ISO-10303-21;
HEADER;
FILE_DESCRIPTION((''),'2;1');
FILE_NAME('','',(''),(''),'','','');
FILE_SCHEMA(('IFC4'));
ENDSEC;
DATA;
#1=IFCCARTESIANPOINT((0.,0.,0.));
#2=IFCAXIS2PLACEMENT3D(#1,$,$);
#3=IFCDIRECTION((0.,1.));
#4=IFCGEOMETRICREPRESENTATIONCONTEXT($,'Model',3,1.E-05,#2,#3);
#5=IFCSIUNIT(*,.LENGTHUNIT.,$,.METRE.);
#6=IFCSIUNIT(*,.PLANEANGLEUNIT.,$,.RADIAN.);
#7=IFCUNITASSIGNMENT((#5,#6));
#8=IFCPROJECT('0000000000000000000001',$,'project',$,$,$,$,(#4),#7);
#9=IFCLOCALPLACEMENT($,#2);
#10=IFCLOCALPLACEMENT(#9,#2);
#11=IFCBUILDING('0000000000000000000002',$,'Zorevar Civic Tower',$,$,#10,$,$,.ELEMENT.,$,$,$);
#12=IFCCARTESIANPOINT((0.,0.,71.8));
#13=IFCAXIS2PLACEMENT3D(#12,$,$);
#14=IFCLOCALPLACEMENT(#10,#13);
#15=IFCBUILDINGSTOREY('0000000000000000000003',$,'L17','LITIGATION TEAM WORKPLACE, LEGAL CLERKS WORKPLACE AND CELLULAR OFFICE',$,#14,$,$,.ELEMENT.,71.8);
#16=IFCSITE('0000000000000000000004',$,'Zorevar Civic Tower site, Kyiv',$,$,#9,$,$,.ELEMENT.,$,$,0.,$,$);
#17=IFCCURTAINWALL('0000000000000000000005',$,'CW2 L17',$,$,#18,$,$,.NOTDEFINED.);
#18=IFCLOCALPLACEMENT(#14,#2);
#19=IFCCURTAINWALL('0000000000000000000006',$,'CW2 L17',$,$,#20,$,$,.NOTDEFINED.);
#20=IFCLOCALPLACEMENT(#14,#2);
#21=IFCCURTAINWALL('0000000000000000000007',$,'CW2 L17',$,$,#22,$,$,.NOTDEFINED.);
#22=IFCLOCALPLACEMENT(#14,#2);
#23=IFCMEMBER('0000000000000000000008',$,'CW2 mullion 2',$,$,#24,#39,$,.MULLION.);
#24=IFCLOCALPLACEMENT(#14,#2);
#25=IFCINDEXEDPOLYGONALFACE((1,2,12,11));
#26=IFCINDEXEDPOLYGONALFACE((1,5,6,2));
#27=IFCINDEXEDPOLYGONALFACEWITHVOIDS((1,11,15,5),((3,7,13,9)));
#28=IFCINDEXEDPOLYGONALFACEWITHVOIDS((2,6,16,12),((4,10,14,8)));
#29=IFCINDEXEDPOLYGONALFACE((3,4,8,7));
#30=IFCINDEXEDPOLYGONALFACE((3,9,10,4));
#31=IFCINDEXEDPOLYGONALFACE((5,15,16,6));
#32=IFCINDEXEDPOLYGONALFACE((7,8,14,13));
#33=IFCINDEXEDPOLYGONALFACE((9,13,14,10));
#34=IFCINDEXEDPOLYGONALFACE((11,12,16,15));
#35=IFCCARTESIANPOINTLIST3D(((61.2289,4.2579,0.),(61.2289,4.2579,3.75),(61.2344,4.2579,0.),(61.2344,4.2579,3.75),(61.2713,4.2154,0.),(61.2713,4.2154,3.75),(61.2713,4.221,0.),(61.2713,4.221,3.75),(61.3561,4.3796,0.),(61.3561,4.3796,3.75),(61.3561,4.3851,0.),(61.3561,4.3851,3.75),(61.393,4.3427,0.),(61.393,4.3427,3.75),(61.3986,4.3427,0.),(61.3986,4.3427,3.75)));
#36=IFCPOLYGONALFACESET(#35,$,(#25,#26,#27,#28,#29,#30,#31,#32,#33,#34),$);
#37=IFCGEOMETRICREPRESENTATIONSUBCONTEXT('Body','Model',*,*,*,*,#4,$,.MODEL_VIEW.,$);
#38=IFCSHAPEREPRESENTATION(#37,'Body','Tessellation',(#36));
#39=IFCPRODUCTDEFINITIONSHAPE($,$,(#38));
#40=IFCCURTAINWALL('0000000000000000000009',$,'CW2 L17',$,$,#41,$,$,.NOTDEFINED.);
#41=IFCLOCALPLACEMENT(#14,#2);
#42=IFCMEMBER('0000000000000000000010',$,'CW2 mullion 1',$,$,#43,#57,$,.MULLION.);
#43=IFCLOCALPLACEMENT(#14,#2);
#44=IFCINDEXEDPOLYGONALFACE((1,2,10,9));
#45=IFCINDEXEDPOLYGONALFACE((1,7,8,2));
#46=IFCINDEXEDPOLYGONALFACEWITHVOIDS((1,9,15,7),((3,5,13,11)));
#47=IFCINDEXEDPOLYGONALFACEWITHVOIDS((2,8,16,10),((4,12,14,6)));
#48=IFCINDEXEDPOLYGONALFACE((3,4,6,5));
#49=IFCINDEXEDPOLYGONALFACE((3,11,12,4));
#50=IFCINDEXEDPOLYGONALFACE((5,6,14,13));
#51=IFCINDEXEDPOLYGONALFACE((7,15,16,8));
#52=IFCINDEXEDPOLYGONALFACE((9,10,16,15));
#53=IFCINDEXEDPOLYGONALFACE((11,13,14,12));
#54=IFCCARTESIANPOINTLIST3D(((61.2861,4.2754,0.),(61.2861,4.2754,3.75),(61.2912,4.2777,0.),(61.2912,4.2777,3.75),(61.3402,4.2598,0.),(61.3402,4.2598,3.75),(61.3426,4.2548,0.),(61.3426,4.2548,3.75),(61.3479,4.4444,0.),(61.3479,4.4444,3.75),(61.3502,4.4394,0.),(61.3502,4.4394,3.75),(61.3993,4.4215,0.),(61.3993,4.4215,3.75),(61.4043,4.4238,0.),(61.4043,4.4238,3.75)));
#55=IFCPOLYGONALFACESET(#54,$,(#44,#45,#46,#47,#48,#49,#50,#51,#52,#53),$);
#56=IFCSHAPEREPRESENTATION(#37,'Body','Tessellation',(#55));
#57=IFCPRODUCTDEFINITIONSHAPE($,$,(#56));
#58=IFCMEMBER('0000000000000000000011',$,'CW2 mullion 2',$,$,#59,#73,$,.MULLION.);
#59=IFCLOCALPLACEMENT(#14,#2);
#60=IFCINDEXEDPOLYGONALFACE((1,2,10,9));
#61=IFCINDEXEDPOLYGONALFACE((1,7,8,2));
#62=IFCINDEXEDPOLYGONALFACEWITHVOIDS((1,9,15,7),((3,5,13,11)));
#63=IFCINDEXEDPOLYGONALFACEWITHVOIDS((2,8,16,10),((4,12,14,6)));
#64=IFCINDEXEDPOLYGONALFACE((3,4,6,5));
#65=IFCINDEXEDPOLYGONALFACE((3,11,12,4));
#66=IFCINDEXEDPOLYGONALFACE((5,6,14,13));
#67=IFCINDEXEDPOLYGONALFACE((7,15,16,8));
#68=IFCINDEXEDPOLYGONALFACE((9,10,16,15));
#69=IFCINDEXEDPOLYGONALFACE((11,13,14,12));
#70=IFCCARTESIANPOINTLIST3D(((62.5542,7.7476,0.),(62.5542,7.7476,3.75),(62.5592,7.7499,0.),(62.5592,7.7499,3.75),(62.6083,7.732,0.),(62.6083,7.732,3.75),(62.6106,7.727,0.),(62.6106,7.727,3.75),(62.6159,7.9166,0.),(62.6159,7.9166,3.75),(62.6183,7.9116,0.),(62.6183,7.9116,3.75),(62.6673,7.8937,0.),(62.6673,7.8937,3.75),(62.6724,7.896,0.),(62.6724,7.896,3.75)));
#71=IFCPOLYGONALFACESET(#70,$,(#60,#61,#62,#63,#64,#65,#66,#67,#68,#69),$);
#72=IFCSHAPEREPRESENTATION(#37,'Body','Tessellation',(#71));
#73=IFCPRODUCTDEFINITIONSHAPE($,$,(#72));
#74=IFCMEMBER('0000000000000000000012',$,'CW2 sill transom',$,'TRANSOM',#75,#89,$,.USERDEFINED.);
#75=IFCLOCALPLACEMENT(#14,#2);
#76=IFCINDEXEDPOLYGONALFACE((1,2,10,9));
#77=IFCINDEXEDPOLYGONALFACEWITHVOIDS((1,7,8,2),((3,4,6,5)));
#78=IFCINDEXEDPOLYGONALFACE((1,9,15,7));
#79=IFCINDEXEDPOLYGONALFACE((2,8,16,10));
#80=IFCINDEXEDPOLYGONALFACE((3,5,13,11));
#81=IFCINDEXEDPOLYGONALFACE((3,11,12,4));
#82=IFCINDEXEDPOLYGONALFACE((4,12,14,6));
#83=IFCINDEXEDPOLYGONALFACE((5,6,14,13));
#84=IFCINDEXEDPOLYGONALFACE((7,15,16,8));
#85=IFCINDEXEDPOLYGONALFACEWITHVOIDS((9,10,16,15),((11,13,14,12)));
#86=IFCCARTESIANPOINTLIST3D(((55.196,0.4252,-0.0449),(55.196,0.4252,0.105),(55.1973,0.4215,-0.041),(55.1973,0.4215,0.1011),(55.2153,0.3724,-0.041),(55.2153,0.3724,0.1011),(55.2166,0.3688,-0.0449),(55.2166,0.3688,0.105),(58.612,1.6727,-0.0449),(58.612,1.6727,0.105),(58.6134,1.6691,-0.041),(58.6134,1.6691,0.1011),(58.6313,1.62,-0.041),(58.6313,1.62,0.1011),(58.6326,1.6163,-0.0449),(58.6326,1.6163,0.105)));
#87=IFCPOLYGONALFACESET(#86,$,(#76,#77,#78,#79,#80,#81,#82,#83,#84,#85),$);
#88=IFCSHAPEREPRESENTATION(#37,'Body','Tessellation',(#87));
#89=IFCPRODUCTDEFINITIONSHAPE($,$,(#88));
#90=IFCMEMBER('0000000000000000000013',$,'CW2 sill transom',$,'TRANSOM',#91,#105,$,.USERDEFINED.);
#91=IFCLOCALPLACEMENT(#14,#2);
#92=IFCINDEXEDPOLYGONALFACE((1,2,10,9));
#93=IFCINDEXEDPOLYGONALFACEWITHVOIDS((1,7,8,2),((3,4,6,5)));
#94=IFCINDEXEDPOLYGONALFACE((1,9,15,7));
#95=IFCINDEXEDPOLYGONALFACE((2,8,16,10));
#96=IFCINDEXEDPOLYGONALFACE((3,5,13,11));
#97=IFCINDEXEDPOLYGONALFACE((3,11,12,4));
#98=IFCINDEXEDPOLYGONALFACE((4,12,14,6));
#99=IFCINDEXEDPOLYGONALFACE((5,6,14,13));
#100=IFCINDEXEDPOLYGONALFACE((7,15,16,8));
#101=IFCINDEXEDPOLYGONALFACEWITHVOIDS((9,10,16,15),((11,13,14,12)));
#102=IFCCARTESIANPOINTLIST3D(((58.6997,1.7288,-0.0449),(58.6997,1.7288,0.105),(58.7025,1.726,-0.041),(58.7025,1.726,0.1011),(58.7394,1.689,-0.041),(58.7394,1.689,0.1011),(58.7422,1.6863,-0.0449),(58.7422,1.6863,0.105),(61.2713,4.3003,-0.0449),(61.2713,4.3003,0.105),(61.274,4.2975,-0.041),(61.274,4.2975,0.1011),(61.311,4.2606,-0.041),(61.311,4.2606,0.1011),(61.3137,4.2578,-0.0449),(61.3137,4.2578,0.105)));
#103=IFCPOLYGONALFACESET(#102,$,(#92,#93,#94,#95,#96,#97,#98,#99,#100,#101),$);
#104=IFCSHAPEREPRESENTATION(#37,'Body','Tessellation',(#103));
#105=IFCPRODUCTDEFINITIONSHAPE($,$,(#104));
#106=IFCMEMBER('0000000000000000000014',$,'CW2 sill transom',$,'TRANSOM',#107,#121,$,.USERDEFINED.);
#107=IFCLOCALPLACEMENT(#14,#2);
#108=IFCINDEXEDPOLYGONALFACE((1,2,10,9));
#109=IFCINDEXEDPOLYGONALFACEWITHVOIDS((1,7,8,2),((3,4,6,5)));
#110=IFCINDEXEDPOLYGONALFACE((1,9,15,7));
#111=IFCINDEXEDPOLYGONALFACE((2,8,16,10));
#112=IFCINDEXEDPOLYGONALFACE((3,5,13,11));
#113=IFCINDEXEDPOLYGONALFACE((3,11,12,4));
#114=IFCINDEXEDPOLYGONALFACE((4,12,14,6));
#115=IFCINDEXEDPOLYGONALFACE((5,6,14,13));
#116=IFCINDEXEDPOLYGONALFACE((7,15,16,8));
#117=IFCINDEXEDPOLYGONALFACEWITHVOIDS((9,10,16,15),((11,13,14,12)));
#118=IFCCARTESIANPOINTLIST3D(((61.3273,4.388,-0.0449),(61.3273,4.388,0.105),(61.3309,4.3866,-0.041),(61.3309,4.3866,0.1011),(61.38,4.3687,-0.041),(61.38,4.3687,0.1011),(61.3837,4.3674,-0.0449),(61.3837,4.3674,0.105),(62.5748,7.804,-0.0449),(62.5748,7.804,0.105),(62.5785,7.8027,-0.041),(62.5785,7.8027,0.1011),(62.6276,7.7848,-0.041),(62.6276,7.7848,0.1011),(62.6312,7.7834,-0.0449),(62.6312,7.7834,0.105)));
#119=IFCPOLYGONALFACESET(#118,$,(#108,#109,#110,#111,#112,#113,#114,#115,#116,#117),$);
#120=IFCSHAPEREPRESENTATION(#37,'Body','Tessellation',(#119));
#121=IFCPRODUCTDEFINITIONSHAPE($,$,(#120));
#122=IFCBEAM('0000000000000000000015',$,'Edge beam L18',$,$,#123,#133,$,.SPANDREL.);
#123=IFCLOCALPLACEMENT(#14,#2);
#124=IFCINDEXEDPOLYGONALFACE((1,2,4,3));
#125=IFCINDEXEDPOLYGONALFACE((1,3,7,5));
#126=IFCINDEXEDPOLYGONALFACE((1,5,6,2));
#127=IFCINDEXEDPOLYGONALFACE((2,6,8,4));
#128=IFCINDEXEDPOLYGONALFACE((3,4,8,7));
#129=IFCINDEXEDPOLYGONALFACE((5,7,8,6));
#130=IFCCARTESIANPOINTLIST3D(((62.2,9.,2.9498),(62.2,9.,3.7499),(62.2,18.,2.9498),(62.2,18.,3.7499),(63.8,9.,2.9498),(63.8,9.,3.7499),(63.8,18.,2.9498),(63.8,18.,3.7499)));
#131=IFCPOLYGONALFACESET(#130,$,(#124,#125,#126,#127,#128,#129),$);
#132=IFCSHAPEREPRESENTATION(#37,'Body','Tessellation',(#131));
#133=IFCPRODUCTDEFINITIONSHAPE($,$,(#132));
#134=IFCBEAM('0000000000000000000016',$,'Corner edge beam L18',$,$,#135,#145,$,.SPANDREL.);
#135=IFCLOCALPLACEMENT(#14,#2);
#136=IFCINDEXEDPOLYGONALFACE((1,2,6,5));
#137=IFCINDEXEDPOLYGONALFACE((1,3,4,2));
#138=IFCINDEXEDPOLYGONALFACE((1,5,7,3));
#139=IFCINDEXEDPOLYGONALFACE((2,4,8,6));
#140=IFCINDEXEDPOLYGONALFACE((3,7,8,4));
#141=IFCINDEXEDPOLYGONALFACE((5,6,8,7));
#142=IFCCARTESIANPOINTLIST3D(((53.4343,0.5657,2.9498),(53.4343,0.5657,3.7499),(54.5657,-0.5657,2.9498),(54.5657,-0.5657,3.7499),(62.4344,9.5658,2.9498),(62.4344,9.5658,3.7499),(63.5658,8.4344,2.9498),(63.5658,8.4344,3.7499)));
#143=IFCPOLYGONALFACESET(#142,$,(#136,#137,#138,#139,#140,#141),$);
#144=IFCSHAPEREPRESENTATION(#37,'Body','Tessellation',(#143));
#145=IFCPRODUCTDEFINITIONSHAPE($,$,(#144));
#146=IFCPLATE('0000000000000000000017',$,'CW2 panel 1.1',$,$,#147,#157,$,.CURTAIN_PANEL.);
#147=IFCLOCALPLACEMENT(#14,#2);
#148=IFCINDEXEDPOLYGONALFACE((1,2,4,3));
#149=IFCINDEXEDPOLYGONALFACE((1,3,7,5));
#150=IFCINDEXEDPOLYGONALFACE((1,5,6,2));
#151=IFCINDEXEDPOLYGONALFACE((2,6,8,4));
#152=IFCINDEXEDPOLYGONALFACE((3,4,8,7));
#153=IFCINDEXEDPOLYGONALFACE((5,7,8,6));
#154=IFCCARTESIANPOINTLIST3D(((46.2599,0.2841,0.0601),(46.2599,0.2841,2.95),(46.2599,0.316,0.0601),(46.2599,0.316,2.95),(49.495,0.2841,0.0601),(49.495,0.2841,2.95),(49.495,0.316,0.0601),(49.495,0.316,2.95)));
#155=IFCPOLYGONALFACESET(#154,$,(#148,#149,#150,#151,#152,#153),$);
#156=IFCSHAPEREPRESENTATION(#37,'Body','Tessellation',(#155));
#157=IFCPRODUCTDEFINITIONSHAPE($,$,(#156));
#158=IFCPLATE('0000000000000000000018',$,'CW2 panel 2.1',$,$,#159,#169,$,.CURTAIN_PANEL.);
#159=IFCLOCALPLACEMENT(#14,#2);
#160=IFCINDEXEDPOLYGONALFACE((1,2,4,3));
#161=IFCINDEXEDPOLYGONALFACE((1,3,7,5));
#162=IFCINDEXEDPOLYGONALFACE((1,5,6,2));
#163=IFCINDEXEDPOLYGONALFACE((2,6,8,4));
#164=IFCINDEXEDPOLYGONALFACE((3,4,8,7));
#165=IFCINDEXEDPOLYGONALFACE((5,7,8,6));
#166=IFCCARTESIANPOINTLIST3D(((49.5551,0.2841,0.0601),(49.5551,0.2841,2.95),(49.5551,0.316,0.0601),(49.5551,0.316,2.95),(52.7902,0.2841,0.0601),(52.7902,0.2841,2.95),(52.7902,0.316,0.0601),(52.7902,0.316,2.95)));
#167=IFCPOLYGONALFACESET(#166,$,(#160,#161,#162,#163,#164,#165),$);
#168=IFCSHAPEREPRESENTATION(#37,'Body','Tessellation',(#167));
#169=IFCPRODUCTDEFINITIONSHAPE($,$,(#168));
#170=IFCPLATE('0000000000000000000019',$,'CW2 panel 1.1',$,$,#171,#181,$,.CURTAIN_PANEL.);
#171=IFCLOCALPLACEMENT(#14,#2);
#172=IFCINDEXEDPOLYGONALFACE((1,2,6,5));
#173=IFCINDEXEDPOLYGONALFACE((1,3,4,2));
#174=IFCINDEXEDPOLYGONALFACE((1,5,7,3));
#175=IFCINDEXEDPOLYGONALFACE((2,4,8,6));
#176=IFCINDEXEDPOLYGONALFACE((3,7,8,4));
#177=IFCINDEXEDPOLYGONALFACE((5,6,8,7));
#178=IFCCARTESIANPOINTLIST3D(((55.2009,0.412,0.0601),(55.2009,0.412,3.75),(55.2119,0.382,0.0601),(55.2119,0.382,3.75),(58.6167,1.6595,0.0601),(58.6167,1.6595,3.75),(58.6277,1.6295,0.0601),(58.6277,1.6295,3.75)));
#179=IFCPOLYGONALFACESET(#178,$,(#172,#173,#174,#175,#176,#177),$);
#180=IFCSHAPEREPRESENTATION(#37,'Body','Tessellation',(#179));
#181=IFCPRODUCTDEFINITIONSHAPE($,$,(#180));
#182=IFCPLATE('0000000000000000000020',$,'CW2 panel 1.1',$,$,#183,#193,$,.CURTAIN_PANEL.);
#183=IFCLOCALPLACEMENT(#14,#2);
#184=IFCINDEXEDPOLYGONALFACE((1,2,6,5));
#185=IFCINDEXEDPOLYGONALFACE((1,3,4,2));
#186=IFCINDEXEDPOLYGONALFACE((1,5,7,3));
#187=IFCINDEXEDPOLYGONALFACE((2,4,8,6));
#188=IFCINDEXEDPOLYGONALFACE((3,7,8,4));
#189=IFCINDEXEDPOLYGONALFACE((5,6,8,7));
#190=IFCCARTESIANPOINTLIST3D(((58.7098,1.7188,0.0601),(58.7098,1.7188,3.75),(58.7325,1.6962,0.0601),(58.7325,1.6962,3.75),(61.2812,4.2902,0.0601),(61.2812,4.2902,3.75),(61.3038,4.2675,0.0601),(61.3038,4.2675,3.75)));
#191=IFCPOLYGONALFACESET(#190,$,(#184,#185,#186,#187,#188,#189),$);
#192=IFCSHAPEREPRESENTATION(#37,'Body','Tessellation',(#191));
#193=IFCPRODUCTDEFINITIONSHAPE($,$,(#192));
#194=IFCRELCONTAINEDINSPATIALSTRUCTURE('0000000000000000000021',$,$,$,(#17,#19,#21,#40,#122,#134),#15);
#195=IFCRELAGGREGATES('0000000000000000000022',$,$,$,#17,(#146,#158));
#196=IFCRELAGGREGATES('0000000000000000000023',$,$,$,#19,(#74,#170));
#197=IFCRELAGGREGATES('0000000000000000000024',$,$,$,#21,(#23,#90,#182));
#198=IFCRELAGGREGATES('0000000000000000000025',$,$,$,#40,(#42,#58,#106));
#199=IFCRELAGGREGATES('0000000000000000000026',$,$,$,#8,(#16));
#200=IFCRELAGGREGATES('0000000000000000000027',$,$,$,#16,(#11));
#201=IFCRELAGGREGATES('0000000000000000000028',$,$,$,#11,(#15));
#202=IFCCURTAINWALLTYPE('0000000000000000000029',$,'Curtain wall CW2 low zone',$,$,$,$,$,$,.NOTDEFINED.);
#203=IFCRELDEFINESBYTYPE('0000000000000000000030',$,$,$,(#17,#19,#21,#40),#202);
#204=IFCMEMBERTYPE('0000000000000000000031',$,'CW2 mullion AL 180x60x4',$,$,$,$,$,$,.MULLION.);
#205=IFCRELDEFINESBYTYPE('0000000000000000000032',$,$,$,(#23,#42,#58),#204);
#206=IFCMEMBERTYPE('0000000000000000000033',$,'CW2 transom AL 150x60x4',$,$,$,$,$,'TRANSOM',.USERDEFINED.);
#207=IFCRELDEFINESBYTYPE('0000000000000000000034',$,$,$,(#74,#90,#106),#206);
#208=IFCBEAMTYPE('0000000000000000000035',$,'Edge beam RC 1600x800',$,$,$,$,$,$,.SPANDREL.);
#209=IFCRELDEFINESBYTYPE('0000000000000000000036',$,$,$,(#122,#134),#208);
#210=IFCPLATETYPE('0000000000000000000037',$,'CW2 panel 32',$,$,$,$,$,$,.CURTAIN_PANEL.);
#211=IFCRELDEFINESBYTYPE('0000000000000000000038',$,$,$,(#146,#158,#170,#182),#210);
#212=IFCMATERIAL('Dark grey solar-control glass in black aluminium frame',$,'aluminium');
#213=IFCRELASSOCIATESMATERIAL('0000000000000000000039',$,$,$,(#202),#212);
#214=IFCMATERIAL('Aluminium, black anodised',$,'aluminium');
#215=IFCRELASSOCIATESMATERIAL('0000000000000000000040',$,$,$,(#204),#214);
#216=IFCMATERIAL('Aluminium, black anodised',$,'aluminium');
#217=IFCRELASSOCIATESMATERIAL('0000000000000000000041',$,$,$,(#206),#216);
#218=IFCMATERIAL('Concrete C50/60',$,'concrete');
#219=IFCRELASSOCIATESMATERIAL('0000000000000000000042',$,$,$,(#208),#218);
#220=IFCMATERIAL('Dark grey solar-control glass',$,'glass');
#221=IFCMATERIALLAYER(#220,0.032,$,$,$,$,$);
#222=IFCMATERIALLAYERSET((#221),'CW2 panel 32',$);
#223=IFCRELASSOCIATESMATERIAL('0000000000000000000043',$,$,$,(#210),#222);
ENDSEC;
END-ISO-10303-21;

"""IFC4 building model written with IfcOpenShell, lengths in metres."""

from ifc_helpers import new_model, si_unit, direction, frame, origin, origin_2d, place, context, subcontext, project, spatial, rectangle, hollow_rectangle, extrude, material, layer, layer_set, material_profile, profile_set, type_object, element, aggregate, save


model = new_model("IFC4")

# Units and contexts
model_context = context("Model", 3, precision=1e-05, world=origin(), true_north=direction((0.0, 1.0)))
body_context = subcontext(model_context, "Body", "Model", "MODEL_VIEW")
ifc_project = project(units=[si_unit("LENGTHUNIT", "METRE"), si_unit("PLANEANGLEUNIT", "RADIAN")], contexts=[model_context])

# Site, building, storey
site_placement = place(None, origin())
site = spatial("IfcSite", under=ifc_project, at=site_placement, Name="Zorevar Civic Tower site, Kyiv", CompositionType="ELEMENT", RefElevation=0.0)
building_placement = place(site_placement, origin())
building = spatial("IfcBuilding", under=site, at=building_placement, Name="Zorevar Civic Tower", CompositionType="ELEMENT")
storey_placement = place(building_placement, frame((0.0, 0.0, 71.8)))
storey = spatial("IfcBuildingStorey", under=building, at=storey_placement, Name="L17", Description="LITIGATION TEAM WORKPLACE, LEGAL CLERKS WORKPLACE AND CELLULAR OFFICE", CompositionType="ELEMENT", Elevation=71.8)

# Curtain wall
ifc_material_1 = material(Name="Dark grey solar-control glass in black aluminium frame", Category="aluminium")
curtain_wall_type = type_object("IfcCurtainWallType", Name="Curtain wall CW2 low zone", PredefinedType="NOTDEFINED", material=ifc_material_1)
curtain_wall_1_placement = place(storey_placement, origin())
curtain_wall_1 = element("IfcCurtainWall", 1, at=curtain_wall_1_placement, inside=storey, type_object=curtain_wall_type, Name="CW2 L17", PredefinedType="NOTDEFINED")
ifc_material_2 = material(Name="Aluminium, black anodised", Category="aluminium")
ifc_material_profile_1 = material_profile(ifc_material_2, hollow_rectangle(XDim=0.0601, YDim=0.1799, WallThickness=0.0039, at=origin_2d()), Name="AL 180x60x4")
ifc_profile_set_1 = profile_set([ifc_material_profile_1], Name="Aluminium, black anodised")
member_type_1 = type_object("IfcMemberType", Name="CW2 mullion AL 180x60x4", PredefinedType="MULLION", material=ifc_profile_set_1)

# Curtain walls, members
curtain_wall_2_placement = place(storey_placement, origin())
curtain_wall_2 = element("IfcCurtainWall", 2, at=curtain_wall_2_placement, inside=storey, type_object=curtain_wall_type, Name="CW2 L17", PredefinedType="NOTDEFINED")
curtain_wall_3_placement = place(storey_placement, origin())
curtain_wall_3 = element("IfcCurtainWall", 3, at=curtain_wall_3_placement, inside=storey, type_object=curtain_wall_type, Name="CW2 L17", PredefinedType="NOTDEFINED")
member_1_placement = place(storey_placement, frame((61.3137, 4.3003, 0.0), z_axis=(0.0, 0.0, 1.0), x_axis=(-0.707107, 0.707107, 0.0)))
member_1 = element("IfcMember", 4, at=member_1_placement, type_object=member_type_1, Name="CW2 mullion 2", PredefinedType="MULLION", context=body_context, shape_type="SweptSolid", body=[
    extrude(hollow_rectangle(XDim=0.0601, YDim=0.1799, WallThickness=0.0039, at=origin_2d()), origin(), (0.0, 0.0, 1.0), 3.75),
])
curtain_wall_4_placement = place(storey_placement, origin())
curtain_wall_4 = element("IfcCurtainWall", 5, at=curtain_wall_4_placement, inside=storey, type_object=curtain_wall_type, Name="CW2 L17", PredefinedType="NOTDEFINED")
member_2_placement = place(storey_placement, frame((61.3452, 4.3496, 0.0), z_axis=(0.0, 0.0, 1.0), x_axis=(-0.939313, 0.34306, 0.0)))
member_2 = element("IfcMember", 6, at=member_2_placement, type_object=member_type_1, Name="CW2 mullion 1", PredefinedType="MULLION", context=body_context, shape_type="SweptSolid", body=[
    extrude(hollow_rectangle(XDim=0.0601, YDim=0.1799, WallThickness=0.0039, at=origin_2d()), origin(), (0.0, 0.0, 1.0), 3.75),
])
member_3_placement = place(storey_placement, frame((62.6133, 7.8218, 0.0), z_axis=(0.0, 0.0, 1.0), x_axis=(-0.939313, 0.34306, 0.0)))
member_3 = element("IfcMember", 7, at=member_3_placement, type_object=member_type_1, Name="CW2 mullion 2", PredefinedType="MULLION", context=body_context, shape_type="SweptSolid", body=[
    extrude(hollow_rectangle(XDim=0.0601, YDim=0.1799, WallThickness=0.0039, at=origin_2d()), origin(), (0.0, 0.0, 1.0), 3.75),
])

# Members
ifc_material_3 = material(Name="Aluminium, black anodised", Category="aluminium")
ifc_material_profile_2 = material_profile(ifc_material_3, hollow_rectangle(XDim=0.0601, YDim=0.1499, WallThickness=0.0039, at=origin_2d()), Name="AL 150x60x4")
ifc_profile_set_2 = profile_set([ifc_material_profile_2], Name="Aluminium, black anodised")
member_type_2 = type_object("IfcMemberType", Name="CW2 transom AL 150x60x4", ElementType="TRANSOM", PredefinedType="USERDEFINED", material=ifc_profile_set_2)
member_4_placement = place(storey_placement, frame((55.2063, 0.397, 0.03), z_axis=(0.939318, 0.343047, 0.0), x_axis=(-0.343047, 0.939318, 0.0)))
member_4 = element("IfcMember", 8, at=member_4_placement, type_object=member_type_2, Name="CW2 sill transom", ObjectType="TRANSOM", PredefinedType="USERDEFINED", context=body_context, shape_type="SweptSolid", body=[
    extrude(hollow_rectangle(XDim=0.0601, YDim=0.1499, WallThickness=0.0039, at=origin_2d()), origin(), (0.0, 0.0, 1.0), 3.6367),
])
member_5_placement = place(storey_placement, frame((58.7209, 1.7075, 0.03), z_axis=(0.707107, 0.707107, 0.0), x_axis=(-0.707107, 0.707107, 0.0)))
member_5 = element("IfcMember", 9, at=member_5_placement, type_object=member_type_2, Name="CW2 sill transom", ObjectType="TRANSOM", PredefinedType="USERDEFINED", context=body_context, shape_type="SweptSolid", body=[
    extrude(hollow_rectangle(XDim=0.0601, YDim=0.1499, WallThickness=0.0039, at=origin_2d()), origin(), (0.0, 0.0, 1.0), 3.6367),
])
member_6_placement = place(storey_placement, frame((61.3555, 4.3777, 0.03), z_axis=(0.343047, 0.939318, 0.0), x_axis=(-0.939318, 0.343047, 0.0)))
member_6 = element("IfcMember", 10, at=member_6_placement, type_object=member_type_2, Name="CW2 sill transom", ObjectType="TRANSOM", PredefinedType="USERDEFINED", context=body_context, shape_type="SweptSolid", body=[
    extrude(hollow_rectangle(XDim=0.0601, YDim=0.1499, WallThickness=0.0039, at=origin_2d()), origin(), (0.0, 0.0, 1.0), 3.6367),
])

# Beams
ifc_material_4 = material(Name="Concrete C50/60", Category="concrete")
ifc_material_profile_3 = material_profile(ifc_material_4, rectangle(XDim=1.6001, YDim=0.8, at=origin_2d()), Name="RC 1600x800")
ifc_profile_set_3 = profile_set([ifc_material_profile_3], Name="Concrete C50/60")
beam_type_1 = type_object("IfcBeamType", Name="Edge beam RC 1600x800", PredefinedType="SPANDREL", material=ifc_profile_set_3)
beam_1_placement = place(storey_placement, frame((63.0, 9.0, 3.3499), z_axis=(0.0, 1.0, 0.0), x_axis=(-1.0, 0.0, 0.0)))
element("IfcBeam", 11, at=beam_1_placement, inside=storey, type_object=beam_type_1, Name="Edge beam L18", PredefinedType="SPANDREL", context=body_context, shape_type="SweptSolid", body=[
    extrude(rectangle(XDim=1.6001, YDim=0.8, at=origin_2d()), origin(), (0.0, 0.0, 1.0), 9.0),
])
beam_2_placement = place(storey_placement, frame((54.0, 0.0, 3.3499), z_axis=(0.707107, 0.707107, 0.0), x_axis=(-0.707107, 0.707107, 0.0)))
element("IfcBeam", 12, at=beam_2_placement, inside=storey, type_object=beam_type_1, Name="Corner edge beam L18", PredefinedType="SPANDREL", context=body_context, shape_type="SweptSolid", body=[
    extrude(rectangle(XDim=1.6001, YDim=0.8, at=origin_2d()), origin(), (0.0, 0.0, 1.0), 12.728),
])

# Plates
ifc_material_5 = material(Name="Dark grey solar-control glass", Category="glass")
ifc_layer_1 = layer(ifc_material_5, 0.032)
ifc_layer_set_1 = layer_set([ifc_layer_1], Name="CW2 panel 32")
plate_type = type_object("IfcPlateType", Name="CW2 panel 32", PredefinedType="CURTAIN_PANEL", material=ifc_layer_set_1)
plate_1_placement = place(storey_placement, frame((47.8774, 0.3, 0.0601), z_axis=(0.0, 0.0, 1.0), x_axis=(1.0, 0.0, 0.0)))
plate_1 = element("IfcPlate", 13, at=plate_1_placement, type_object=plate_type, Name="CW2 panel 1.1", PredefinedType="CURTAIN_PANEL", context=body_context, shape_type="SweptSolid", body=[
    extrude(rectangle(XDim=3.2351, YDim=0.032, at=origin_2d()), origin(), (0.0, 0.0, 1.0), 2.8899),
])
plate_2_placement = place(storey_placement, frame((51.1726, 0.3, 0.0601), z_axis=(0.0, 0.0, 1.0), x_axis=(1.0, 0.0, 0.0)))
plate_2 = element("IfcPlate", 14, at=plate_2_placement, type_object=plate_type, Name="CW2 panel 2.1", PredefinedType="CURTAIN_PANEL", context=body_context, shape_type="SweptSolid", body=[
    extrude(rectangle(XDim=3.2351, YDim=0.032, at=origin_2d()), origin(), (0.0, 0.0, 1.0), 2.8899),
])
aggregate(curtain_wall_1, [plate_1, plate_2])
plate_3_placement = place(storey_placement, frame((56.9143, 1.0208, 0.0601), z_axis=(0.0, 0.0, 1.0), x_axis=(0.939313, 0.34306, 0.0)))
plate_3 = element("IfcPlate", 15, at=plate_3_placement, type_object=plate_type, Name="CW2 panel 1.1", PredefinedType="CURTAIN_PANEL", context=body_context, shape_type="SweptSolid", body=[
    extrude(rectangle(XDim=3.6365, YDim=0.032, at=origin_2d()), origin(), (0.0, 0.0, 1.0), 3.6899),
])
aggregate(curtain_wall_2, [member_4, plate_3])
plate_4_placement = place(storey_placement, frame((60.0068, 2.9932, 0.0601), z_axis=(0.0, 0.0, 1.0), x_axis=(0.707107, 0.707107, 0.0)))
plate_4 = element("IfcPlate", 16, at=plate_4_placement, type_object=plate_type, Name="CW2 panel 1.1", PredefinedType="CURTAIN_PANEL", context=body_context, shape_type="SweptSolid", body=[
    extrude(rectangle(XDim=3.6365, YDim=0.032, at=origin_2d()), origin(), (0.0, 0.0, 1.0), 3.6899),
])
aggregate(curtain_wall_3, [member_1, member_5, plate_4])
aggregate(curtain_wall_4, [member_2, member_3, member_6])

save(model, "model.ifc")
